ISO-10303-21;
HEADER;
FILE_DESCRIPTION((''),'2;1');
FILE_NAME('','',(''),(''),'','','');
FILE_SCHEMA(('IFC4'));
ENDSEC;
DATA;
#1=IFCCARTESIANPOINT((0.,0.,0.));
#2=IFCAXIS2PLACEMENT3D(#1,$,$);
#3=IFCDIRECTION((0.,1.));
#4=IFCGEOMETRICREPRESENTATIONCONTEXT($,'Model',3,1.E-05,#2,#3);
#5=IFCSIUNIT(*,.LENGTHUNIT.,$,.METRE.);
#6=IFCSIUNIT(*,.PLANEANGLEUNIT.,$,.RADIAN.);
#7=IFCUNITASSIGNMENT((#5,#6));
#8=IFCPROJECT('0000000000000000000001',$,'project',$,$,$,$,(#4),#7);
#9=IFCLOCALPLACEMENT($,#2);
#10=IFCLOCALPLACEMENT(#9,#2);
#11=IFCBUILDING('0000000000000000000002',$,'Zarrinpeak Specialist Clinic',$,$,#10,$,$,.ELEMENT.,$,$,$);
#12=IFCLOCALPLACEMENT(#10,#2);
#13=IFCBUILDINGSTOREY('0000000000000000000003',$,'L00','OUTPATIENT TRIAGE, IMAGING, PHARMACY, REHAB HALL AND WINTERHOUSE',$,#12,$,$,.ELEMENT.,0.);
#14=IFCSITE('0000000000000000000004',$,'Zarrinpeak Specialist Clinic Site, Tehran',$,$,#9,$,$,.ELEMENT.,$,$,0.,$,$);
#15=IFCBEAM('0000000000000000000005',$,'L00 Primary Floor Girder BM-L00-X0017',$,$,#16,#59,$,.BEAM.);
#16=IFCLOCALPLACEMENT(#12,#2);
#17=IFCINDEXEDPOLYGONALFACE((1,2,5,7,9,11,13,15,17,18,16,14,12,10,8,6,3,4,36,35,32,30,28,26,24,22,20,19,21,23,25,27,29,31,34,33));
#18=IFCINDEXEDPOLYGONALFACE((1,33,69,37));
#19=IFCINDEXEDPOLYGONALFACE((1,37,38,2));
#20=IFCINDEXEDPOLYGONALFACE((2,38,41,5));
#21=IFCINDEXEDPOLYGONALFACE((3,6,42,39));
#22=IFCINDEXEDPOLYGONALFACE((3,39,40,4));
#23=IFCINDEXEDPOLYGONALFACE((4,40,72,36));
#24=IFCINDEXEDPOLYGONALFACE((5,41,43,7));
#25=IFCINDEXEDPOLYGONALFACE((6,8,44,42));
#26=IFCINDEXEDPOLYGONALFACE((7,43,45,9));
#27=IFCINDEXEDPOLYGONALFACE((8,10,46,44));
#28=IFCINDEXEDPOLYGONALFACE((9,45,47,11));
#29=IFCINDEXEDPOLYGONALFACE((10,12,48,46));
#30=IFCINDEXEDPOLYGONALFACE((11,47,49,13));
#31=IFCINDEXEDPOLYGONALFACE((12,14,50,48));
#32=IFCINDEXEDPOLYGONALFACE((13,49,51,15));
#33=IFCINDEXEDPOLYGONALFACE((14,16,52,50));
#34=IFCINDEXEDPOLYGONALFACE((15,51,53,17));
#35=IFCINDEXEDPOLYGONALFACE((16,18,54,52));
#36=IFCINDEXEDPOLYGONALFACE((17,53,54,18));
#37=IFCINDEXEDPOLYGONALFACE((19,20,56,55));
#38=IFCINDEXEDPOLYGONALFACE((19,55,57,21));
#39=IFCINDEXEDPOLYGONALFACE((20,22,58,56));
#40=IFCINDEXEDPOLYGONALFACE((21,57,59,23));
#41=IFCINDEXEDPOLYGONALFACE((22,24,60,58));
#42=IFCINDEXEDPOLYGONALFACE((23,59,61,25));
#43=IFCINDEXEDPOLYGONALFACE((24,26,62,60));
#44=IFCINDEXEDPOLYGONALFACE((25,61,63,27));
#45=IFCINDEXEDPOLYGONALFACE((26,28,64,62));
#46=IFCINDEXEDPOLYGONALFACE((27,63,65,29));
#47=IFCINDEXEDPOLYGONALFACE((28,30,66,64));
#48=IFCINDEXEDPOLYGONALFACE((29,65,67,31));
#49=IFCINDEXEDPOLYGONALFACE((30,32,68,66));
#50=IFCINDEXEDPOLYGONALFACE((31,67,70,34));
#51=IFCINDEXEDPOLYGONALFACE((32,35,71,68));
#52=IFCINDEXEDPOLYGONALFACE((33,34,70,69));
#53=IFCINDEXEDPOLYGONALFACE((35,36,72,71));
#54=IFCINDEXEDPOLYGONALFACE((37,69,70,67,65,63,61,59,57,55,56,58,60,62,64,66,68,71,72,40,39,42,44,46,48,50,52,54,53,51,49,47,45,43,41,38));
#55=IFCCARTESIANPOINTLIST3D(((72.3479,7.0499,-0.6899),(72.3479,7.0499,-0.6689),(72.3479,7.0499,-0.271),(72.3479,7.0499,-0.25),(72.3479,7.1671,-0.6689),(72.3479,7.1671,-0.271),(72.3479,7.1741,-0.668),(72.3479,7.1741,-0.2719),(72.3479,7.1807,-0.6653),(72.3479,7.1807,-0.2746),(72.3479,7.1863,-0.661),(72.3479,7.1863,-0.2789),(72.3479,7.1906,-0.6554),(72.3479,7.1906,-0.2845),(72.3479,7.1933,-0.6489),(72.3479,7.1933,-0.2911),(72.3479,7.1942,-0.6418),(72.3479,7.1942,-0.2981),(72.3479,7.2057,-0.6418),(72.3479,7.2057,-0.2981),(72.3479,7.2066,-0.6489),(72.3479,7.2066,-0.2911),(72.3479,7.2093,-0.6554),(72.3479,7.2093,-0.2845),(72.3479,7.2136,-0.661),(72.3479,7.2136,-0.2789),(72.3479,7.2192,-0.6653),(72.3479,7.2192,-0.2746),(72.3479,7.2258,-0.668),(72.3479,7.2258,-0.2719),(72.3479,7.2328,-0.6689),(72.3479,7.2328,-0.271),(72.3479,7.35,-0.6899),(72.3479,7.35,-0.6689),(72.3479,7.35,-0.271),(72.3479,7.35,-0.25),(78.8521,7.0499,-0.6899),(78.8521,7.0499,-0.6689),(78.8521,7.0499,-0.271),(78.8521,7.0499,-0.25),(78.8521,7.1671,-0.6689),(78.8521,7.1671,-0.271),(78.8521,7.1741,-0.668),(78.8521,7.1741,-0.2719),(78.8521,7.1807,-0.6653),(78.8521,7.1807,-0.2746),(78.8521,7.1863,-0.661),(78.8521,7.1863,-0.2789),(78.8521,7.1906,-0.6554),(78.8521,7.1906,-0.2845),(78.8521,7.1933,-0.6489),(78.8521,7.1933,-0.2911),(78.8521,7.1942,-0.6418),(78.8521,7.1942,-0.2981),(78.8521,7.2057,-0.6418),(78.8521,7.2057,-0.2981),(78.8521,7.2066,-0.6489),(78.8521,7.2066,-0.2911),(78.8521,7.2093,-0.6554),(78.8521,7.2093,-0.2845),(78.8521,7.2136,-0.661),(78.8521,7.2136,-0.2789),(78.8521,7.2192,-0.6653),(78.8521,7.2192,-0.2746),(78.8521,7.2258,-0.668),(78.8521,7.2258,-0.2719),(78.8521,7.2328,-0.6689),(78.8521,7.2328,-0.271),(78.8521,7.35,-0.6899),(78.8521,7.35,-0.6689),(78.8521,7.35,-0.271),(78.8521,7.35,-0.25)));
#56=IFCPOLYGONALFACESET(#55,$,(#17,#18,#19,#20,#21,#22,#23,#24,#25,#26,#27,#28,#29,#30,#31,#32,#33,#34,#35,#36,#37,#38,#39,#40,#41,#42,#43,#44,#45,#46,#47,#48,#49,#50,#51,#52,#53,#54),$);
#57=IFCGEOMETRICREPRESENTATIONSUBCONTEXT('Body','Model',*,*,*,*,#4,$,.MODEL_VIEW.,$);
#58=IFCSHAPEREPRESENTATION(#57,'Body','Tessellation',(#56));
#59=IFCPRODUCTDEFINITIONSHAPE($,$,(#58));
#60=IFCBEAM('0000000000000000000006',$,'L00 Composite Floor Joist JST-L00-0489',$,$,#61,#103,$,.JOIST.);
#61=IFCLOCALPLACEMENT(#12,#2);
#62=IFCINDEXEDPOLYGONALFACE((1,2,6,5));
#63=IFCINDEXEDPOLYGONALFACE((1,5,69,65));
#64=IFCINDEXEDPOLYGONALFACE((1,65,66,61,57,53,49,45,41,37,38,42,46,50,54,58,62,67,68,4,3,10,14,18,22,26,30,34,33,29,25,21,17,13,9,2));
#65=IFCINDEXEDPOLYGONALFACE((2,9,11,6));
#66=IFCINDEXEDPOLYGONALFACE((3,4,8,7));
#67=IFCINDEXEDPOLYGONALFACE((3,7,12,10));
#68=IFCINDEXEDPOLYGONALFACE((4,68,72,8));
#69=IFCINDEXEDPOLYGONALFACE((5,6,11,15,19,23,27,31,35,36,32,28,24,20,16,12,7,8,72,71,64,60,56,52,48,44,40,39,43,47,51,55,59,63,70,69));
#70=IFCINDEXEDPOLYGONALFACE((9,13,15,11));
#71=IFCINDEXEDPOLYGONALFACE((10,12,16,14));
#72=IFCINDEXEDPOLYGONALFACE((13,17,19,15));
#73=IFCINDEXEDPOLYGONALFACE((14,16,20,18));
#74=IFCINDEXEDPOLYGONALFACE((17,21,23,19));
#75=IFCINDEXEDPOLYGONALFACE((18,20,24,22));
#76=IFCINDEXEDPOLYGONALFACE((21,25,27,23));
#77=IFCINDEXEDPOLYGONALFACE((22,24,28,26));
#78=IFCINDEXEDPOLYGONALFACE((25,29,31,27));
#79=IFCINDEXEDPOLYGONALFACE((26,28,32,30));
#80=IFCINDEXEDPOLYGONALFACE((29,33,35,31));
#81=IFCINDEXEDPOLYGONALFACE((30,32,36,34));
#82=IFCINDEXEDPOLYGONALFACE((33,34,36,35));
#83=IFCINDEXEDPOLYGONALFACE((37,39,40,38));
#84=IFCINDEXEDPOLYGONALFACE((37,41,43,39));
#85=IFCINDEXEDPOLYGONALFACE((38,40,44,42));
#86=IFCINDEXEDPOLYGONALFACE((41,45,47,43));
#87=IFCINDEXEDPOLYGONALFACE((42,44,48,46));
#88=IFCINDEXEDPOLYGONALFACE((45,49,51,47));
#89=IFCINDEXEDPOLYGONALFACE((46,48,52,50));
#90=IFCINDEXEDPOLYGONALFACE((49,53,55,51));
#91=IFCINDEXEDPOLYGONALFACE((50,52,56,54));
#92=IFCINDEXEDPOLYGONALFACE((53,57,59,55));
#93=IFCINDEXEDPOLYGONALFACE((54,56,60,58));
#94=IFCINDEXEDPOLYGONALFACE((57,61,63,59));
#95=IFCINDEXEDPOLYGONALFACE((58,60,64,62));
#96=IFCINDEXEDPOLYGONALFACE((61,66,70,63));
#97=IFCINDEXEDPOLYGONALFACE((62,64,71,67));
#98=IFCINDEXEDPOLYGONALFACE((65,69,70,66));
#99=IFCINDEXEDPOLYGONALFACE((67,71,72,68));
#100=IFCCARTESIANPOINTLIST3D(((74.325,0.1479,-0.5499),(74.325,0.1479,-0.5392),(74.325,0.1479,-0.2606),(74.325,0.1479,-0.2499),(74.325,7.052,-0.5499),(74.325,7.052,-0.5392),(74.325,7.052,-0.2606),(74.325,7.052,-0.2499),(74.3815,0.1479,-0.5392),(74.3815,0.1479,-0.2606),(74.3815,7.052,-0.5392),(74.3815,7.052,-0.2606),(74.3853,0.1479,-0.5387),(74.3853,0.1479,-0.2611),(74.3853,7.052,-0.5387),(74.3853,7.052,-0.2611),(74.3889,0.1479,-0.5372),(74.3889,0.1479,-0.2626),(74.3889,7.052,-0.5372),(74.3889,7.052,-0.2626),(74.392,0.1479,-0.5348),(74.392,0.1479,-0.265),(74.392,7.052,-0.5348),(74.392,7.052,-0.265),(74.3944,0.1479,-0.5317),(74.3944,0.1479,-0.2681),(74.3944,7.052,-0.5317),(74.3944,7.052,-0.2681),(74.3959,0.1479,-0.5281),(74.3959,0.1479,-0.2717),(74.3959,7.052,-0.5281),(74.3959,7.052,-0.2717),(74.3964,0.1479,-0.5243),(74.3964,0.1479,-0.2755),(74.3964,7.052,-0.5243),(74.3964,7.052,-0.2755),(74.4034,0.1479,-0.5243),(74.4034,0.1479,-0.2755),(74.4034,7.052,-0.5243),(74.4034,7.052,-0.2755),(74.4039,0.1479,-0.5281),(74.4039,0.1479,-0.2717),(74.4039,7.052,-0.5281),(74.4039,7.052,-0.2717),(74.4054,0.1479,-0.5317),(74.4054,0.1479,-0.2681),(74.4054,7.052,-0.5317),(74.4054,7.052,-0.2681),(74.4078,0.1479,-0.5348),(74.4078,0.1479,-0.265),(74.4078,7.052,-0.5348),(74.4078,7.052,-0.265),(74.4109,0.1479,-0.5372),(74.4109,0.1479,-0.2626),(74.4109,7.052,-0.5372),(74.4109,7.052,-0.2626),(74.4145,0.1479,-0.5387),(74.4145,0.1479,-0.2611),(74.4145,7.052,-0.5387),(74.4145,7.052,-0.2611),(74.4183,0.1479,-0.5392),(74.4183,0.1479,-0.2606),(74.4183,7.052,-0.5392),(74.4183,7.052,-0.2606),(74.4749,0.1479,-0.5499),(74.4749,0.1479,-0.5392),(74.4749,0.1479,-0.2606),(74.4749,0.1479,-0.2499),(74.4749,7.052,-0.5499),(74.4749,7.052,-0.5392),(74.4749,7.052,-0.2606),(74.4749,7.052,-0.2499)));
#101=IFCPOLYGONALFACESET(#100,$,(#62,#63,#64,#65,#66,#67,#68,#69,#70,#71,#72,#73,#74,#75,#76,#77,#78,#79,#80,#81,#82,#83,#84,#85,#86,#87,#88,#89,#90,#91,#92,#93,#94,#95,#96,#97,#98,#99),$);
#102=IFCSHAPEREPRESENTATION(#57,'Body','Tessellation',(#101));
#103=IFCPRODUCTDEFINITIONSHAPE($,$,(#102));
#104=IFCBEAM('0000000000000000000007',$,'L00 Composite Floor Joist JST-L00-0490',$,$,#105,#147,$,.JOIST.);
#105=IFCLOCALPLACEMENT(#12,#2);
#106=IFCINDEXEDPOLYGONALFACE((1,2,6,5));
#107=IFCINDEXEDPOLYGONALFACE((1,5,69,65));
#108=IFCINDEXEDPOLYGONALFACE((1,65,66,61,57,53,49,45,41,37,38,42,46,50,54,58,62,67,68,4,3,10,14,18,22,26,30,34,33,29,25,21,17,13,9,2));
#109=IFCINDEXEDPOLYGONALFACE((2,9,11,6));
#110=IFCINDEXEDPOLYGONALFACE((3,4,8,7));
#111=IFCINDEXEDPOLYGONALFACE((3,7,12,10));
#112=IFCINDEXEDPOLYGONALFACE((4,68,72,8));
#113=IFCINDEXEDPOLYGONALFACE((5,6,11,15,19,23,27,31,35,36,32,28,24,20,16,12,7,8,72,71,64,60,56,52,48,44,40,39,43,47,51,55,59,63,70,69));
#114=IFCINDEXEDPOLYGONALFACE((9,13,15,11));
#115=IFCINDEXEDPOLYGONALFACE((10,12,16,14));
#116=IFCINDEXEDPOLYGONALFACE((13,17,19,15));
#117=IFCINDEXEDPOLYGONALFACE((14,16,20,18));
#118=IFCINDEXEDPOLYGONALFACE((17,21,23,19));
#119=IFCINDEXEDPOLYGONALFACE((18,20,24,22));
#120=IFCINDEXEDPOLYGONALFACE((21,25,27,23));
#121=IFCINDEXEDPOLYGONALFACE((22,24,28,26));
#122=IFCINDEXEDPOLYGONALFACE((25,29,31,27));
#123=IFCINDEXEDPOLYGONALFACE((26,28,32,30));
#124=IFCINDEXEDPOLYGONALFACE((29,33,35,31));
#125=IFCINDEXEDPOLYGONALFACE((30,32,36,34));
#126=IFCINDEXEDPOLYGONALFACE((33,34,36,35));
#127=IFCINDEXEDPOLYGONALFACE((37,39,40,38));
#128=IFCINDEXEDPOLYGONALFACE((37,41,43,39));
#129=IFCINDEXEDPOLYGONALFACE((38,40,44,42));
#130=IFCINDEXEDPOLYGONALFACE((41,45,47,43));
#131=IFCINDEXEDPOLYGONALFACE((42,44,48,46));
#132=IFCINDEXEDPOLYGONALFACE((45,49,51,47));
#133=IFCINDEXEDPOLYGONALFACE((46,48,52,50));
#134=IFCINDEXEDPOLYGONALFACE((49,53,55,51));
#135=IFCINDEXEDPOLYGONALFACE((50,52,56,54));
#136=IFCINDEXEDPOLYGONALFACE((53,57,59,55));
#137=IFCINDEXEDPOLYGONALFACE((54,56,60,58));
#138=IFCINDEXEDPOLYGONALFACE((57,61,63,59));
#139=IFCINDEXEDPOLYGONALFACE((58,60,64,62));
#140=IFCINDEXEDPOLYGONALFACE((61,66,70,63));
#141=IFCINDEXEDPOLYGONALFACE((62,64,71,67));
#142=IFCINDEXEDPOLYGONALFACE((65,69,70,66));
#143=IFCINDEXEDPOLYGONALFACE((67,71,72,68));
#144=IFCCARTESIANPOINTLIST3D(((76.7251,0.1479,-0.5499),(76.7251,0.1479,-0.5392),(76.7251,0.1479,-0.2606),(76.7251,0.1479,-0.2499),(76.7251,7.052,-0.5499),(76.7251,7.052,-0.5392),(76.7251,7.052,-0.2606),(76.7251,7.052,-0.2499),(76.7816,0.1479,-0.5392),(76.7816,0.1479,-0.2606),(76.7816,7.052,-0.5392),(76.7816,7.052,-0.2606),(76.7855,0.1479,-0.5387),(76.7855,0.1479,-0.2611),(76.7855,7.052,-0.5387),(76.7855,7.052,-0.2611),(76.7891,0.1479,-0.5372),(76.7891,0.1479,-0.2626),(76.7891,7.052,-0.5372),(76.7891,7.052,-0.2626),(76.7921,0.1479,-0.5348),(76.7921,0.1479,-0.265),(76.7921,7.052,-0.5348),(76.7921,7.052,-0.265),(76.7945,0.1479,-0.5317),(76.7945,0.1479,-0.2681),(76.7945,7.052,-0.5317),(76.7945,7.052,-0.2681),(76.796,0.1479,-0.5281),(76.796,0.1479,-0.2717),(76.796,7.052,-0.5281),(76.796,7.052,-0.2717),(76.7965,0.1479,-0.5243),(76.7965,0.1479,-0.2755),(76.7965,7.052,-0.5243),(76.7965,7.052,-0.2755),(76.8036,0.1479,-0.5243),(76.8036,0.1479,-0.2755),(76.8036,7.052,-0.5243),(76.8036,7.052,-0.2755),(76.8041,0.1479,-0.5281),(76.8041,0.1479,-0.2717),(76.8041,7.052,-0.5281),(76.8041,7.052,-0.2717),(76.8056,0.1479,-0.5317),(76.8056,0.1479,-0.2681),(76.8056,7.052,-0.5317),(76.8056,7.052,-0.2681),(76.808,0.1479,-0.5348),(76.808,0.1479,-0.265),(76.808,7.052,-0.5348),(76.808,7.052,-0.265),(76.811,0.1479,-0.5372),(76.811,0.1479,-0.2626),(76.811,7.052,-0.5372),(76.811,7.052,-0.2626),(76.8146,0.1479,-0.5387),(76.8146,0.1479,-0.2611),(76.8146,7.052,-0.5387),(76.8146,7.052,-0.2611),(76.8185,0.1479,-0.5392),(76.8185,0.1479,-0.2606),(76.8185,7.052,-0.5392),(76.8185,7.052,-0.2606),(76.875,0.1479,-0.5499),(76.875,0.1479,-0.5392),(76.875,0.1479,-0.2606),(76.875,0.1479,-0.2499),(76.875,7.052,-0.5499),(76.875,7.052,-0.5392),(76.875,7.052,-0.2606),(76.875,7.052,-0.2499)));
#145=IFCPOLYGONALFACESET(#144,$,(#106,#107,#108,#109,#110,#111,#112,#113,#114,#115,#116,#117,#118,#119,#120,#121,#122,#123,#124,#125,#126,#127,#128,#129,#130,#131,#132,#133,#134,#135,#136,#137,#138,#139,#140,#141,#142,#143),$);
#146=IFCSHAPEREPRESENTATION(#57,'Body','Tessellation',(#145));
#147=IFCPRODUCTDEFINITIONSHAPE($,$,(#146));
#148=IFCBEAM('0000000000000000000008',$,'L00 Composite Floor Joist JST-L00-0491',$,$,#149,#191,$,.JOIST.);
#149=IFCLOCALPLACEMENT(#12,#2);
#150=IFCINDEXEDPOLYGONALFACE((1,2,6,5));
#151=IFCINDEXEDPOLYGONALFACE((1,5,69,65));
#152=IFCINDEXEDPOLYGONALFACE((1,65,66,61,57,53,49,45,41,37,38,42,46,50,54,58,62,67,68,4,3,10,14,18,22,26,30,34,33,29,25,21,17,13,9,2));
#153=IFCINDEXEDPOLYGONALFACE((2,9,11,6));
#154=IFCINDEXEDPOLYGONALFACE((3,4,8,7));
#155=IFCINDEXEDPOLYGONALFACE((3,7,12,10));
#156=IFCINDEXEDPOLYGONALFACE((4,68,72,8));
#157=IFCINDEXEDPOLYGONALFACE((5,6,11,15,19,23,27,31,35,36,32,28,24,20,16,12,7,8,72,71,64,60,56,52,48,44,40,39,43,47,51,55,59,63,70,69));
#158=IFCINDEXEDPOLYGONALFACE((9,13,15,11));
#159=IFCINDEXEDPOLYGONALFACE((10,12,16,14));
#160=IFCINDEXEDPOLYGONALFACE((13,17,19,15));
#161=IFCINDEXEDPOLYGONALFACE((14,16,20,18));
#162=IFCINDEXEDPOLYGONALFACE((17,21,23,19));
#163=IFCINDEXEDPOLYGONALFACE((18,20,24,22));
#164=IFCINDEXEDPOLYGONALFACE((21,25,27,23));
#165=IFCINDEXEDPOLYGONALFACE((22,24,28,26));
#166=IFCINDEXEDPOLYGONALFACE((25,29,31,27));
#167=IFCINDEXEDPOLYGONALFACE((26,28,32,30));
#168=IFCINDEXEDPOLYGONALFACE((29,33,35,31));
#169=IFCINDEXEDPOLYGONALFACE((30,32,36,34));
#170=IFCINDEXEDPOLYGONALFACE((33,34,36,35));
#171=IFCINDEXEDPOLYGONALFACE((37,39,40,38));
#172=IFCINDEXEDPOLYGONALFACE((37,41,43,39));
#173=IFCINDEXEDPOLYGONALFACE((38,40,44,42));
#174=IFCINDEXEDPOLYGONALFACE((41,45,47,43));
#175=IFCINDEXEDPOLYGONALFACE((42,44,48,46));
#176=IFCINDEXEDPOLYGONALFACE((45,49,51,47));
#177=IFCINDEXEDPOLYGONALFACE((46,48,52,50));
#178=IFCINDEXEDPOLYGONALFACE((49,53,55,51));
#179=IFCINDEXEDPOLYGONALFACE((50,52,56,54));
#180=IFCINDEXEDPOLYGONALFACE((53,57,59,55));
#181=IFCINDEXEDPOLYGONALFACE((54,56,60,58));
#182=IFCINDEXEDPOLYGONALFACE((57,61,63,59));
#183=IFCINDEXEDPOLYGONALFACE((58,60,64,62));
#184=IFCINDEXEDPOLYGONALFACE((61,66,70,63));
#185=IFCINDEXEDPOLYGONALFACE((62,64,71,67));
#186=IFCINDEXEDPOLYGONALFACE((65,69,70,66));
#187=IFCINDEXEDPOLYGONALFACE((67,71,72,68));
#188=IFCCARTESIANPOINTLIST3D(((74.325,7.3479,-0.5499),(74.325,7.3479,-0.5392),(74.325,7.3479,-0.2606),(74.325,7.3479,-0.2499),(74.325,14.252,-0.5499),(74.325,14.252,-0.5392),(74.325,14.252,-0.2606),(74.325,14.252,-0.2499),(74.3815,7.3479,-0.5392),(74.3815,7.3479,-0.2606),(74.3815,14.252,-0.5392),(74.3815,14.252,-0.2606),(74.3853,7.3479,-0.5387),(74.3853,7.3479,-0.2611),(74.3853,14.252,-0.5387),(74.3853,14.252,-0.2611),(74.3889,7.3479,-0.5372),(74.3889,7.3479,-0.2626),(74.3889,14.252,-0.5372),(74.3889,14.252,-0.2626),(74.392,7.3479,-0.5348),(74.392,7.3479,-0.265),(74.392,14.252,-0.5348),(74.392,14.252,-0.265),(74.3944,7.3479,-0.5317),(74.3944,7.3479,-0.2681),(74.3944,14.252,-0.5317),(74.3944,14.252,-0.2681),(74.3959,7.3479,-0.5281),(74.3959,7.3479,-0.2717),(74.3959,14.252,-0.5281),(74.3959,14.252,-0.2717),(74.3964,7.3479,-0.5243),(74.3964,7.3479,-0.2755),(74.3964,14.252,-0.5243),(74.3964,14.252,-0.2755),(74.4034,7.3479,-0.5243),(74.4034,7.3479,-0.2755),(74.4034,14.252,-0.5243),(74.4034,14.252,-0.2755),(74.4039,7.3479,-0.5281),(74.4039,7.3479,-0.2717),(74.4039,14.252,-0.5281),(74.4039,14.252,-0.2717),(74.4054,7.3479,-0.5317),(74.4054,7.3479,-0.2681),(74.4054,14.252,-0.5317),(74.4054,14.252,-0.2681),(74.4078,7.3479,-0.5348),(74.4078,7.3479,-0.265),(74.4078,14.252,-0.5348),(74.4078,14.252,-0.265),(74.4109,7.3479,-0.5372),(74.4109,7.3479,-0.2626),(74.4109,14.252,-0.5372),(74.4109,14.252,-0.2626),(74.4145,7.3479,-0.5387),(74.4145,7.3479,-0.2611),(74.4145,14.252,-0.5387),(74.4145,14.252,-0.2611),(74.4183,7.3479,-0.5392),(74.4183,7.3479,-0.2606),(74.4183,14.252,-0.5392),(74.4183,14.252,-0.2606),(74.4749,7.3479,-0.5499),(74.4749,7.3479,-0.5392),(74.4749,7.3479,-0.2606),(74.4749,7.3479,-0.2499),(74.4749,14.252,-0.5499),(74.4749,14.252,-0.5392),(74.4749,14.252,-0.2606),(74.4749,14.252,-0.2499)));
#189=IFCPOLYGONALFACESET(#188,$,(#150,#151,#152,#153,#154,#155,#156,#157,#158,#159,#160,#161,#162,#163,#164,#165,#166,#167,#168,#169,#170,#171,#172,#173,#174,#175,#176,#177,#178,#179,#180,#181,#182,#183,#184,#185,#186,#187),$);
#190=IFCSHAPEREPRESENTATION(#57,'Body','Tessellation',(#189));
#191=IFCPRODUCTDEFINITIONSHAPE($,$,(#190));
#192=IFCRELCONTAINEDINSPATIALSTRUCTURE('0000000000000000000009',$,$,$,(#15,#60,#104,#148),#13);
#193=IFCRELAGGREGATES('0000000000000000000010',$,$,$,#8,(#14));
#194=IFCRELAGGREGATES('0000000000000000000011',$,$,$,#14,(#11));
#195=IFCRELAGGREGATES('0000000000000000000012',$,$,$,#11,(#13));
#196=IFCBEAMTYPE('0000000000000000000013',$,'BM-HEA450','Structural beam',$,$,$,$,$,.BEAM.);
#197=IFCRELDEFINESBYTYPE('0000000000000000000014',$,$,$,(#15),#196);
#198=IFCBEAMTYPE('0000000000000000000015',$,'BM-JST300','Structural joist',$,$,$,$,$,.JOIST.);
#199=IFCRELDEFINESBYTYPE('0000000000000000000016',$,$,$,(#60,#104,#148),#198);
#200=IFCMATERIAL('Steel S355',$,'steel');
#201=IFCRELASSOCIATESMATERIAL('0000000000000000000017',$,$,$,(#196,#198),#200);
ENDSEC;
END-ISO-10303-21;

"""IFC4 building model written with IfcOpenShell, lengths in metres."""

from ifc_helpers import new_model, si_unit, direction, frame, origin, origin_2d, place, context, subcontext, project, spatial, i_section, extrude, material, material_profile, profile_set, type_object, element, save


model = new_model("IFC4")

# Units and contexts
model_context = context("Model", 3, precision=1e-05, world=origin(), true_north=direction((0.0, 1.0)))
body_context = subcontext(model_context, "Body", "Model", "MODEL_VIEW")
ifc_project = project(units=[si_unit("LENGTHUNIT", "METRE"), si_unit("PLANEANGLEUNIT", "RADIAN")], contexts=[model_context])

# Site, building, storey
site_placement = place(None, origin())
site = spatial("IfcSite", under=ifc_project, at=site_placement, Name="Zarrinpeak Specialist Clinic Site, Tehran", CompositionType="ELEMENT", RefElevation=0.0)
building_placement = place(site_placement, origin())
building = spatial("IfcBuilding", under=site, at=building_placement, Name="Zarrinpeak Specialist Clinic", CompositionType="ELEMENT")
storey_placement = place(building_placement, origin())
storey = spatial("IfcBuildingStorey", under=building, at=storey_placement, Name="L00", Description="OUTPATIENT TRIAGE, IMAGING, PHARMACY, REHAB HALL AND WINTERHOUSE", CompositionType="ELEMENT", Elevation=0.0)

# Shared definitions
ifc_material_1 = material(Name="Steel S355", Category="steel")

# Beams
ifc_material_profile_1 = material_profile(ifc_material_1, i_section(OverallWidth=0.3, OverallDepth=0.4399, WebThickness=0.0115, FlangeThickness=0.021, FilletRadius=0.0271, at=origin_2d()), Name="HEA 450")
ifc_profile_set_1 = profile_set([ifc_material_profile_1], Name="Steel S355")
beam_type_1 = type_object("IfcBeamType", Name="BM-HEA450", Description="Structural beam", PredefinedType="BEAM", material=ifc_profile_set_1)
for number, where, z_axis, x_axis, name in (
    (1, (72.3479, 7.2, -0.47), (1.0, 0.0, 0.0), (0.0, 1.0, 0.0), "L00 Primary Floor Girder BM-L00-X0017"),
):
    element("IfcBeam", number, at=place(storey_placement, frame(where, z_axis=z_axis, x_axis=x_axis)), inside=storey, type_object=beam_type_1, Name=name, PredefinedType="BEAM", context=body_context, shape_type="SweptSolid", body=[
        extrude(i_section(OverallWidth=0.3, OverallDepth=0.4399, WebThickness=0.0115, FlangeThickness=0.021, FilletRadius=0.0271, at=origin_2d()), origin(), (0.0, 0.0, 1.0), 6.5042),
    ])
ifc_material_profile_2 = material_profile(ifc_material_1, i_section(OverallWidth=0.1499, OverallDepth=0.3, WebThickness=0.0071, FlangeThickness=0.0107, FilletRadius=0.0149, at=origin_2d()), Name="IPE 300")
ifc_profile_set_2 = profile_set([ifc_material_profile_2], Name="Steel S355")
beam_type_2 = type_object("IfcBeamType", Name="BM-JST300", Description="Structural joist", PredefinedType="JOIST", material=ifc_profile_set_2)
for number, where, z_axis, x_axis, name in (
    (2, (74.3999, 0.1479, -0.3999), (0.0, 1.0, 0.0), (-1.0, 0.0, 0.0), "L00 Composite Floor Joist JST-L00-0489"),
    (3, (76.8, 0.1479, -0.3999), (0.0, 1.0, 0.0), (-1.0, 0.0, 0.0), "L00 Composite Floor Joist JST-L00-0490"),
    (4, (74.3999, 7.3479, -0.3999), (0.0, 1.0, 0.0), (-1.0, 0.0, 0.0), "L00 Composite Floor Joist JST-L00-0491"),
):
    element("IfcBeam", number, at=place(storey_placement, frame(where, z_axis=z_axis, x_axis=x_axis)), inside=storey, type_object=beam_type_2, Name=name, PredefinedType="JOIST", context=body_context, shape_type="SweptSolid", body=[
        extrude(i_section(OverallWidth=0.1499, OverallDepth=0.3, WebThickness=0.0071, FlangeThickness=0.0107, FilletRadius=0.0149, at=origin_2d()), origin(), (0.0, 0.0, 1.0), 6.9041),
    ])

save(model, "model.ifc")
